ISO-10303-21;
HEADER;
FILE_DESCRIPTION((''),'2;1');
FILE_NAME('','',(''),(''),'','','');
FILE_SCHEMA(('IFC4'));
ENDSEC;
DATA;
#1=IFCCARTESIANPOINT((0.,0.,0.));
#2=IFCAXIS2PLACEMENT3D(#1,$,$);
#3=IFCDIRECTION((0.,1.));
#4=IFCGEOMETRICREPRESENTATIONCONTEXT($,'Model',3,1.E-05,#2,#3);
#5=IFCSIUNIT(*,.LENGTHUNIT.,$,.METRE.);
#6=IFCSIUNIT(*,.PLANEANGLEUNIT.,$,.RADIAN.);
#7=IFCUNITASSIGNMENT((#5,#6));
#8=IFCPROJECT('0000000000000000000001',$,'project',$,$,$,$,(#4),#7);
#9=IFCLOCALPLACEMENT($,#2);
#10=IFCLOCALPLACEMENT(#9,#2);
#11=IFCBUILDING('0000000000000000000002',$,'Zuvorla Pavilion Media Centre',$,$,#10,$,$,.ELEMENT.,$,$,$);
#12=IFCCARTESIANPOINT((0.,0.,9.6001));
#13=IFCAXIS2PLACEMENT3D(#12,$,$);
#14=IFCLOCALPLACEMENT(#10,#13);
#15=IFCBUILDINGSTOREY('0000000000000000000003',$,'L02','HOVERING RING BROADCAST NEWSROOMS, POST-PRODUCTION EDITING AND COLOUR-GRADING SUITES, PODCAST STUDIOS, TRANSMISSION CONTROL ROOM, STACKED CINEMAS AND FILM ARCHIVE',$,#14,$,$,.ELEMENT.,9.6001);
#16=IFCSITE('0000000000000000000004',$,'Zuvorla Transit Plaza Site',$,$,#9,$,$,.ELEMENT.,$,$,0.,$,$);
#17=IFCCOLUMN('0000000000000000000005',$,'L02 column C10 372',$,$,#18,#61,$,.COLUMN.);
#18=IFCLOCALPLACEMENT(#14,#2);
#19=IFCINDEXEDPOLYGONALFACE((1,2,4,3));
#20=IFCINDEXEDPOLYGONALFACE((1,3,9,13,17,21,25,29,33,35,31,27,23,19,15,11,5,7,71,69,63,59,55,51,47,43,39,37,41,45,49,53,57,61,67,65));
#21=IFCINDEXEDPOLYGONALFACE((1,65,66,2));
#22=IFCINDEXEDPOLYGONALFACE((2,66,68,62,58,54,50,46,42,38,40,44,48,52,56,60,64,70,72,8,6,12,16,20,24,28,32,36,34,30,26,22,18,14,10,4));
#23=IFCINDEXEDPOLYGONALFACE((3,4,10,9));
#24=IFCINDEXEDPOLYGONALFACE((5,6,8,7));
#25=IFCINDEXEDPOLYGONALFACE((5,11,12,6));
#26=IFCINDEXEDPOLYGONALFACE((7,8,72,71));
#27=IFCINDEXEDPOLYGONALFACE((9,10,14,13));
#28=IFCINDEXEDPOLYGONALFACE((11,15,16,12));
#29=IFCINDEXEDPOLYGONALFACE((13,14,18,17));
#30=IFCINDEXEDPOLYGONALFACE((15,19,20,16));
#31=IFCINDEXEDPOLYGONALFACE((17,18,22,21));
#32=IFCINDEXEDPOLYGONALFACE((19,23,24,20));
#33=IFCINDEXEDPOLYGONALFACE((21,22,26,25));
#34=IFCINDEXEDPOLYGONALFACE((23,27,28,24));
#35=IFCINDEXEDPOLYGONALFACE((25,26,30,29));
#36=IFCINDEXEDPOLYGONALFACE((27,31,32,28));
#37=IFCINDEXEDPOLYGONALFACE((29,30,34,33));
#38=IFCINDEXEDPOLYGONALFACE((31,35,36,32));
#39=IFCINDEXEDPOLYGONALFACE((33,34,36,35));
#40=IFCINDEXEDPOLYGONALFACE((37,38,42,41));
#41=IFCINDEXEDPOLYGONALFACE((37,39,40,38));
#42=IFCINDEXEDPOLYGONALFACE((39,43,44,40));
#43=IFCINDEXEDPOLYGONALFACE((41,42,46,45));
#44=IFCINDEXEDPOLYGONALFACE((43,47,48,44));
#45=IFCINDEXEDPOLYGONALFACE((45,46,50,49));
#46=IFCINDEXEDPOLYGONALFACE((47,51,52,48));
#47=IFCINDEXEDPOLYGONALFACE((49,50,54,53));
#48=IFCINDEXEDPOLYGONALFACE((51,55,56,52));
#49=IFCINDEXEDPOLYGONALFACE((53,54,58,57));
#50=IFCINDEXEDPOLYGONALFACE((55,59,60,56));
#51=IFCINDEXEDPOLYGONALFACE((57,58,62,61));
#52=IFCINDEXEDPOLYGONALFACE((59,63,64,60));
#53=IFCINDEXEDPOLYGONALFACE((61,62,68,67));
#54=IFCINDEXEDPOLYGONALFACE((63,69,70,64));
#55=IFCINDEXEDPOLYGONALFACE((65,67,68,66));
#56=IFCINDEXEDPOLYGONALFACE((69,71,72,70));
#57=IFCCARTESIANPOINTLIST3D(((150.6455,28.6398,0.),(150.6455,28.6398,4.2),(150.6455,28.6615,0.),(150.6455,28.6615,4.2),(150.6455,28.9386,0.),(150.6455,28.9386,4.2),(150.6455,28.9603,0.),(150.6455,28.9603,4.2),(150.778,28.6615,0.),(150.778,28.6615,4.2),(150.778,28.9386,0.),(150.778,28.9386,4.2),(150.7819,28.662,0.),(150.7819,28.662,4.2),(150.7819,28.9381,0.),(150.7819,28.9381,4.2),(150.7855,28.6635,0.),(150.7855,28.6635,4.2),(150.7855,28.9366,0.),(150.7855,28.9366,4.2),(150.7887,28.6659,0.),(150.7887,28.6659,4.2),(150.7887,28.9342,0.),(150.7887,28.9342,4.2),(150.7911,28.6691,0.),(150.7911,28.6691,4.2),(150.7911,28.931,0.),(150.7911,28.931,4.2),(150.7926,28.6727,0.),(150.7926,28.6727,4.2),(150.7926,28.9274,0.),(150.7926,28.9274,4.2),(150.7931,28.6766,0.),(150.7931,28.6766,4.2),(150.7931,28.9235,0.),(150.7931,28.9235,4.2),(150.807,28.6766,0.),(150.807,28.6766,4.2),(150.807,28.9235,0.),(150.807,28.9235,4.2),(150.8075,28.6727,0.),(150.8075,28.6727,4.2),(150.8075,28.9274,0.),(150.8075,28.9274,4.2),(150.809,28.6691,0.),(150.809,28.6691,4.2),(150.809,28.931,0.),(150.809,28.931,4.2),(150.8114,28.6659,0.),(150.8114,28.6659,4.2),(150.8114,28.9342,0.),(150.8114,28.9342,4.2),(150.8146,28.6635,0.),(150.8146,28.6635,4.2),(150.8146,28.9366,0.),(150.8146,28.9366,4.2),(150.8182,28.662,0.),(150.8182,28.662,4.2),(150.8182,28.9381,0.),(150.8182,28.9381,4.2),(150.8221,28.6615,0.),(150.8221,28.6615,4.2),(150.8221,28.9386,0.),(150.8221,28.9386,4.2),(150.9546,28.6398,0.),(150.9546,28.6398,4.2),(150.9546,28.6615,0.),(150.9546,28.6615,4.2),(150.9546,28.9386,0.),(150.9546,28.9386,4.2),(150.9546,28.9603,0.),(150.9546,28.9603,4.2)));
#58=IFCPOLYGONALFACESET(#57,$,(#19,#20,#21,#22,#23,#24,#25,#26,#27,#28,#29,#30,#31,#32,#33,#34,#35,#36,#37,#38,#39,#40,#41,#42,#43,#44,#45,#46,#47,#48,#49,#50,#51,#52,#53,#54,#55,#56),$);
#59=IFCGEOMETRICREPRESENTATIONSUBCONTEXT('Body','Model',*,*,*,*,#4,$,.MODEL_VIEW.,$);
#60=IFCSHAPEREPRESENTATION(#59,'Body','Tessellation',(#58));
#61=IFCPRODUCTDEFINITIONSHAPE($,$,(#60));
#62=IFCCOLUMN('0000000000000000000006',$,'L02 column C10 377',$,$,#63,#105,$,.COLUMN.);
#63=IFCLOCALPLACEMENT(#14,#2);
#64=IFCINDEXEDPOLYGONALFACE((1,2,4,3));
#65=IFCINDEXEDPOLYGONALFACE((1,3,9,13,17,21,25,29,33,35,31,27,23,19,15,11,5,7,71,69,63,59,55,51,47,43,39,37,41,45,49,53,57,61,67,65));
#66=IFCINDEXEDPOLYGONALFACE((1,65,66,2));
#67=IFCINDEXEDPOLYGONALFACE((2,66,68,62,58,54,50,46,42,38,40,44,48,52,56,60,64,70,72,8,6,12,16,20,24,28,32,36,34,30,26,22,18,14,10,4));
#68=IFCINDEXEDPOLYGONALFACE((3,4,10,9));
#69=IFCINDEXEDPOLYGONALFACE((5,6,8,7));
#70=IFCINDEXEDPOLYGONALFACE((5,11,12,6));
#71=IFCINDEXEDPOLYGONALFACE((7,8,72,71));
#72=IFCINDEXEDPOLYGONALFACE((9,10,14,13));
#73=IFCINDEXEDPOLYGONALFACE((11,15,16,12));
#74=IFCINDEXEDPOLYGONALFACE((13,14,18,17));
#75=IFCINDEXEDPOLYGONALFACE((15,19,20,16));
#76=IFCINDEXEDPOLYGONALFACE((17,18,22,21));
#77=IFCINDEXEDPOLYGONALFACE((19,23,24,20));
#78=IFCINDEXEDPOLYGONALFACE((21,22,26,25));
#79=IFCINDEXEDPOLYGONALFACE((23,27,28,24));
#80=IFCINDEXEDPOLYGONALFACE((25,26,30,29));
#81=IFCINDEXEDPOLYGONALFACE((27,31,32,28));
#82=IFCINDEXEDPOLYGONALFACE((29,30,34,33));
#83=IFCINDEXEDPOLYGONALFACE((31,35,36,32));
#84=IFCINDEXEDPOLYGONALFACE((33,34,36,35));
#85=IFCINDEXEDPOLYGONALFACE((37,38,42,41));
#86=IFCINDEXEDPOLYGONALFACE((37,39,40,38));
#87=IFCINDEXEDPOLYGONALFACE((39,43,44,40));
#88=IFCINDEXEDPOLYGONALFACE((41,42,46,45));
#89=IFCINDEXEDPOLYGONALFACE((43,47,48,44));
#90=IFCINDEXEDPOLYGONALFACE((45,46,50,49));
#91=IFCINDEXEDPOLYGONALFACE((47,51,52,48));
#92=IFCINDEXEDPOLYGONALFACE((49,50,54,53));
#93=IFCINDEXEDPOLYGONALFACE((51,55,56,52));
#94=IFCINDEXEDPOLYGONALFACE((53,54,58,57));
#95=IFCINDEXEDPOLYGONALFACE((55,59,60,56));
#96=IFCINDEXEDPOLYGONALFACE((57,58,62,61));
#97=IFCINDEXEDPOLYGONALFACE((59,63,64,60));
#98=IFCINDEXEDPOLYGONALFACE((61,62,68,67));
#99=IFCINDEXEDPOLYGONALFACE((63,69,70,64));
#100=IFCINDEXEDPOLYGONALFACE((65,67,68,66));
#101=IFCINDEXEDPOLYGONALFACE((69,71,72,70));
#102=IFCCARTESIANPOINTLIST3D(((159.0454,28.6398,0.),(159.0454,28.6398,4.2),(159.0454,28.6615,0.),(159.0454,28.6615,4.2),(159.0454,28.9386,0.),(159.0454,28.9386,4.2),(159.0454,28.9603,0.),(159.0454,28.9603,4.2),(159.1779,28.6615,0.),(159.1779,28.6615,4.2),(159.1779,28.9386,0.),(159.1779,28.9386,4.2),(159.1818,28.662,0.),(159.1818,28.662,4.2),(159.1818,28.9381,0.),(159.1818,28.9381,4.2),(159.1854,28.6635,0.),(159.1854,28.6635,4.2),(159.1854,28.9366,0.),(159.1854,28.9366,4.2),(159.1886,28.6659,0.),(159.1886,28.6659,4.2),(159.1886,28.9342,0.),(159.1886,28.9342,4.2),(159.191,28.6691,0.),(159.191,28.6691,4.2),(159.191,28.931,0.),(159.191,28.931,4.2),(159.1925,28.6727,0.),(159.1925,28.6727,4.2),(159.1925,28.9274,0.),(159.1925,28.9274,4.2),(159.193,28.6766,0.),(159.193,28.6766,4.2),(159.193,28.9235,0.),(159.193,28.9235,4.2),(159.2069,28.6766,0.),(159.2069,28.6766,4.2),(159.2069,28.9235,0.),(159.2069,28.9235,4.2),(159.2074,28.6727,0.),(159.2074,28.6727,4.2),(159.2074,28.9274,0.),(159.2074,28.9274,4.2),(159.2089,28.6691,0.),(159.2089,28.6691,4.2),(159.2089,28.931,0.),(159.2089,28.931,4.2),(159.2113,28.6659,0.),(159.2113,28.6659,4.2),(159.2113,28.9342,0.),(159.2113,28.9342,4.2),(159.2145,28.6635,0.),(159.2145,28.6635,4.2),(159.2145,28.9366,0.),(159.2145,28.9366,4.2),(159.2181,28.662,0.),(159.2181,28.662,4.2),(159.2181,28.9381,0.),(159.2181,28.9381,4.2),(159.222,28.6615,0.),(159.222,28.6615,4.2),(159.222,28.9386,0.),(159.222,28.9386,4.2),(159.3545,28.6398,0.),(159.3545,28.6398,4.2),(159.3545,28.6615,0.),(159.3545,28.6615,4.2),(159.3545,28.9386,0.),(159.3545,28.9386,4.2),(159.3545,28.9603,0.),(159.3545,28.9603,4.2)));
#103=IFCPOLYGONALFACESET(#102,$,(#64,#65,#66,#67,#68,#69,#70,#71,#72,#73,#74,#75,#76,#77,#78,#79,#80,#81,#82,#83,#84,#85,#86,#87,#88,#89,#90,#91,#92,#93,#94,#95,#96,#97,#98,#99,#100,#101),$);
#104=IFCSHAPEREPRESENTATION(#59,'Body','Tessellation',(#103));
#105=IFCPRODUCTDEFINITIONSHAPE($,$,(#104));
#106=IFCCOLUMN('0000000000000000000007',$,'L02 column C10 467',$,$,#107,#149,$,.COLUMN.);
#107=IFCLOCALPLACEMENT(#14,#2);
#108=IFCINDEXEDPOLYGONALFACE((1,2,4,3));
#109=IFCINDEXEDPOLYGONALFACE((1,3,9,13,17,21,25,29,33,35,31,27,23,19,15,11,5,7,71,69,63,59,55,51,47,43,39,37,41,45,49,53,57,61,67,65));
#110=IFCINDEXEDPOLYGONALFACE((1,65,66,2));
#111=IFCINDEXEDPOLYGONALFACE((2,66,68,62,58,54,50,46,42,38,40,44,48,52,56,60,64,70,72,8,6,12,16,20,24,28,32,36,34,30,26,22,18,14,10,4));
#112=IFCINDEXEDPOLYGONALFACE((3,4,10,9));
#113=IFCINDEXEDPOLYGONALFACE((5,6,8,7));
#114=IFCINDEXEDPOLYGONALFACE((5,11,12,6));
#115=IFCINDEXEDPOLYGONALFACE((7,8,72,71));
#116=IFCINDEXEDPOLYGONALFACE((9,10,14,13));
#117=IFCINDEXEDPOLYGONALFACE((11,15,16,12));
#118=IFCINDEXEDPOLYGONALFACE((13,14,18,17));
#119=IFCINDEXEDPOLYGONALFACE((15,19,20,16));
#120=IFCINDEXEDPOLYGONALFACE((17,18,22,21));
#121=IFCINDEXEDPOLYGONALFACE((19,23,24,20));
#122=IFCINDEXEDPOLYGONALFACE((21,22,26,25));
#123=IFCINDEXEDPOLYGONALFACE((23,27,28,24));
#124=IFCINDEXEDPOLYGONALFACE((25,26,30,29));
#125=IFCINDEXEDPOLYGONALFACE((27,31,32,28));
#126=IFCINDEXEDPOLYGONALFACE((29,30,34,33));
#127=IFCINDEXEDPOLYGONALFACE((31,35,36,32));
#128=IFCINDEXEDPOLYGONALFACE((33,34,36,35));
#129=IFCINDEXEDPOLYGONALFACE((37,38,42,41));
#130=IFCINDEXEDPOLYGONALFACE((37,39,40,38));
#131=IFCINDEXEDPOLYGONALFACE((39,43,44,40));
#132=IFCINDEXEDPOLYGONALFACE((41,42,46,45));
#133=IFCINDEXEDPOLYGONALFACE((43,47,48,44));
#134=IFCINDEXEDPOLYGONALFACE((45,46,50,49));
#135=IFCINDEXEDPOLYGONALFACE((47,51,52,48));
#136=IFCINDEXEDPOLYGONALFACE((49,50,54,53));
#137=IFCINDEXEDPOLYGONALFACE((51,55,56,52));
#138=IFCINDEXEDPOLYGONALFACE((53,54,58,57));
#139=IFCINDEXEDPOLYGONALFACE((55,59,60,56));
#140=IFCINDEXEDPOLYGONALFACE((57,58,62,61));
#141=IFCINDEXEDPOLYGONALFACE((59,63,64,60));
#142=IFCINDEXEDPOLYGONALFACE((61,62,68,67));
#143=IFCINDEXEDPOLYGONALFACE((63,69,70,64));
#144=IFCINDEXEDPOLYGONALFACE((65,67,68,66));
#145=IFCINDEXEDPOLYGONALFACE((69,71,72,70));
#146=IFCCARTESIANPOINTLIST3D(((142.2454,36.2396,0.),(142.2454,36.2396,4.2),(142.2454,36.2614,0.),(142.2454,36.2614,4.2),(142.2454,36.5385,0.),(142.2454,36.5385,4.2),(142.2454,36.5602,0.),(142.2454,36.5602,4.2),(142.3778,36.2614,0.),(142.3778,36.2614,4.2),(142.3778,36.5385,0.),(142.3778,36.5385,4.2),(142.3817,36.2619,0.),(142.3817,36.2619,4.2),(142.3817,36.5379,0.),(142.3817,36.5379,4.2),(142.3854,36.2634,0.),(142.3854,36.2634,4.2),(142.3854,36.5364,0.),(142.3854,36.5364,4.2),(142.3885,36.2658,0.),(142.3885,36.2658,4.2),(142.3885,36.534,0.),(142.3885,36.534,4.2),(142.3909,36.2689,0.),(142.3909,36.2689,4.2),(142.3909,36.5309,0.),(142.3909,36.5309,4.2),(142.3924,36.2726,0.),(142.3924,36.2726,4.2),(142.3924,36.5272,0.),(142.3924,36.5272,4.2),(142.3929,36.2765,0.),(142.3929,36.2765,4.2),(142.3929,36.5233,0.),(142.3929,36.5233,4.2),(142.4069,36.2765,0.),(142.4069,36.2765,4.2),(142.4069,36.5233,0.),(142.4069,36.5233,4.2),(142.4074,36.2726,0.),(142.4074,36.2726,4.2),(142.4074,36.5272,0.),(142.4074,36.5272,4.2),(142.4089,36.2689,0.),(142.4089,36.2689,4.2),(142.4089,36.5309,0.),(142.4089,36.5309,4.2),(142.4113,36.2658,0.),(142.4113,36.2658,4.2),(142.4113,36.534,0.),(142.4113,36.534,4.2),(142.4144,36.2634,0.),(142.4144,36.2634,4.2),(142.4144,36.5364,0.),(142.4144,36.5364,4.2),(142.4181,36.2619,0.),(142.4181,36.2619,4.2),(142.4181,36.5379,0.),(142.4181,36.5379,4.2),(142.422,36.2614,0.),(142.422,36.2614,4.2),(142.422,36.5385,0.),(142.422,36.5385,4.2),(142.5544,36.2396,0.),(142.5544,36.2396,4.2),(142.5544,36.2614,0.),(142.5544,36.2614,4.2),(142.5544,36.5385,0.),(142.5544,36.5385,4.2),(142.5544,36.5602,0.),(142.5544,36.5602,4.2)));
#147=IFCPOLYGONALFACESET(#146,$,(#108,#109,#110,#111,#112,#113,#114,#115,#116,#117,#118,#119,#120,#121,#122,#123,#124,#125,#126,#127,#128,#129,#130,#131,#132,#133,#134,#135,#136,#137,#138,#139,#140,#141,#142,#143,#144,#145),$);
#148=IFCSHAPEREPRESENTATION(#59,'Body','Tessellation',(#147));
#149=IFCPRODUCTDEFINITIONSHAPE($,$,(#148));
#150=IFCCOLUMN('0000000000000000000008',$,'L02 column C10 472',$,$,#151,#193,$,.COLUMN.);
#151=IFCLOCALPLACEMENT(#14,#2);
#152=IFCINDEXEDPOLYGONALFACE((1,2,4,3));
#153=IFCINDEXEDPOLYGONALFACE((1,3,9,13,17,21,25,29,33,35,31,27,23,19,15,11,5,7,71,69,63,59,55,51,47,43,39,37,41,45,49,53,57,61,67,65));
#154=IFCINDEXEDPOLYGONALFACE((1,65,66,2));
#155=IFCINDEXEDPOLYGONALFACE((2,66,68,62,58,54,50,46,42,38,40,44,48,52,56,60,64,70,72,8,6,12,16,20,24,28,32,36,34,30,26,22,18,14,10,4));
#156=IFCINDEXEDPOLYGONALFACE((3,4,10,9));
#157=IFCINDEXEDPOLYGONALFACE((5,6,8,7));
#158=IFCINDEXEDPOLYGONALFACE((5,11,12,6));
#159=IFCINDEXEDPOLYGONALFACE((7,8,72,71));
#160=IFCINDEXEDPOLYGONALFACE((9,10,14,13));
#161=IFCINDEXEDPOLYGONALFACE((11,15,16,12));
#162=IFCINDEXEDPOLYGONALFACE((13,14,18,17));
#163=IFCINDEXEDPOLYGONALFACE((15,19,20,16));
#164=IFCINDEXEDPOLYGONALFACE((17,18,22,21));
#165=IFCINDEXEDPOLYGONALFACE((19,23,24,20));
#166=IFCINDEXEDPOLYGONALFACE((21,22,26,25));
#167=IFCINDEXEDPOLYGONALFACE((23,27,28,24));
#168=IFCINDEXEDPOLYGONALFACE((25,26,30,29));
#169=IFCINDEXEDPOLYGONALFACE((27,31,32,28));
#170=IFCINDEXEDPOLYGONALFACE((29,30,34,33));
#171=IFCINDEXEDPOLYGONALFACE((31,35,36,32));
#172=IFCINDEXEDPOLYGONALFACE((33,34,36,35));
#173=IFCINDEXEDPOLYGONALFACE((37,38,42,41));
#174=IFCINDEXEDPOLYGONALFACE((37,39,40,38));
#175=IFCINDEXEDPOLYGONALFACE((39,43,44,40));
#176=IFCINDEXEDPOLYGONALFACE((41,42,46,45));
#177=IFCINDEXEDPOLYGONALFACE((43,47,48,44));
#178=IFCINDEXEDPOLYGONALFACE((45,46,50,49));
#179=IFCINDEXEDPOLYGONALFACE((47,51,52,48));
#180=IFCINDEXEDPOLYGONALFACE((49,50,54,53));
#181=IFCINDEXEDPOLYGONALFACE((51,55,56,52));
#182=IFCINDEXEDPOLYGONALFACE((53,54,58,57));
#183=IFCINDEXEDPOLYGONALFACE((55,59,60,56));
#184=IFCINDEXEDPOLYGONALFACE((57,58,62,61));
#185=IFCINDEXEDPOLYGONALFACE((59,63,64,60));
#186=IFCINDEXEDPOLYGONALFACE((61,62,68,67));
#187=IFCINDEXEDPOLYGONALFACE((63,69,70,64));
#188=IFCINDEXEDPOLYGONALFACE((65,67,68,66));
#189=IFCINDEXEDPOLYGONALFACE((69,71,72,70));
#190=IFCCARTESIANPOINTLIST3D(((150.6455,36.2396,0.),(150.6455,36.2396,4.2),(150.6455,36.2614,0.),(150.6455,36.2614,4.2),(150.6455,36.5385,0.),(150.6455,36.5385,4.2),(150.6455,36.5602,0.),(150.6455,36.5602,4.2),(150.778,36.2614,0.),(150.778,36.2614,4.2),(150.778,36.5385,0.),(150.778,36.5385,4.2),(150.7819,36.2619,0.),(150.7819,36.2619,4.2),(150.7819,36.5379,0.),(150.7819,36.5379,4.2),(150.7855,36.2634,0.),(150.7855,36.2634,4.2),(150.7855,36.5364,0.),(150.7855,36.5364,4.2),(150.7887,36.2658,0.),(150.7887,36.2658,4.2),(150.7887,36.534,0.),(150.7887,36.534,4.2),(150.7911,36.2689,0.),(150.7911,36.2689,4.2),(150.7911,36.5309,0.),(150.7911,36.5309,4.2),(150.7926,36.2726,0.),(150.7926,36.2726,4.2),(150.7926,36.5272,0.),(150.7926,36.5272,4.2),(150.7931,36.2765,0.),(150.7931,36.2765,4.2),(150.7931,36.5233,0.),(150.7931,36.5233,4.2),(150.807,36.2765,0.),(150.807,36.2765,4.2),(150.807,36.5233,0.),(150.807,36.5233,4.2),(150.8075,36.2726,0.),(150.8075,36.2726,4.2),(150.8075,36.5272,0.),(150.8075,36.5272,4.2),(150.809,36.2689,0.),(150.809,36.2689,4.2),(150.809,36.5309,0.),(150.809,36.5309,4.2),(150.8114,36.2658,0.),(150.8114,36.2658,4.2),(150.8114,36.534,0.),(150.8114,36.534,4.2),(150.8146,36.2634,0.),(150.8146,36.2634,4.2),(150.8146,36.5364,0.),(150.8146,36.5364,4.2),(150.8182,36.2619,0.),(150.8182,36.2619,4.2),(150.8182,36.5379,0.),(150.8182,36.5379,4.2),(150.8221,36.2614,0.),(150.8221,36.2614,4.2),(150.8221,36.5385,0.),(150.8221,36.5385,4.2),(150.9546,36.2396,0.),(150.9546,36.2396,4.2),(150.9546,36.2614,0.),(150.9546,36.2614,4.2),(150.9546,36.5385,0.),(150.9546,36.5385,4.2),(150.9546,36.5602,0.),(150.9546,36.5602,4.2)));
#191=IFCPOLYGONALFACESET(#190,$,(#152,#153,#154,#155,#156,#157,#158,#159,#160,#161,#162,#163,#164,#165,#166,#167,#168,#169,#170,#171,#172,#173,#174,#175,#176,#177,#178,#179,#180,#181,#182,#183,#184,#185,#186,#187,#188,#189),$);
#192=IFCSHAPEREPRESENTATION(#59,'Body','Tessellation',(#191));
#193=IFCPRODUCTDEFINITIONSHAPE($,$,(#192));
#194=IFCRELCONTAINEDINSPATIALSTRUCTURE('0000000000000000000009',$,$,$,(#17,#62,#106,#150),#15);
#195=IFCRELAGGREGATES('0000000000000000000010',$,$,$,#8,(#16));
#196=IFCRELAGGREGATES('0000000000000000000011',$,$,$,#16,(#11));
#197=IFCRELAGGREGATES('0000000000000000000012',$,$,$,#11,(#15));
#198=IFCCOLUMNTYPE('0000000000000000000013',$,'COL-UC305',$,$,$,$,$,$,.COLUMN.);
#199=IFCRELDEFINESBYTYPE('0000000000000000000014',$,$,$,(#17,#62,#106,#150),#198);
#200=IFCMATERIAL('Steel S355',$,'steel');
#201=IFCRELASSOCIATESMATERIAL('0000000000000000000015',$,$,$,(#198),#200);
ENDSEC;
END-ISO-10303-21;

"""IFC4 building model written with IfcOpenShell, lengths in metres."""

from ifc_helpers import new_model, si_unit, direction, frame, origin, origin_2d, place, context, subcontext, project, spatial, i_section, extrude, material, material_profile, profile_set, type_object, element, save


model = new_model("IFC4")

# Units and contexts
model_context = context("Model", 3, precision=1e-05, world=origin(), true_north=direction((0.0, 1.0)))
body_context = subcontext(model_context, "Body", "Model", "MODEL_VIEW")
ifc_project = project(units=[si_unit("LENGTHUNIT", "METRE"), si_unit("PLANEANGLEUNIT", "RADIAN")], contexts=[model_context])

# Site, building, storey
site_placement = place(None, origin())
site = spatial("IfcSite", under=ifc_project, at=site_placement, Name="Zuvorla Transit Plaza Site", CompositionType="ELEMENT", RefElevation=0.0)
building_placement = place(site_placement, origin())
building = spatial("IfcBuilding", under=site, at=building_placement, Name="Zuvorla Pavilion Media Centre", CompositionType="ELEMENT")
storey_placement = place(building_placement, frame((0.0, 0.0, 9.6001)))
storey = spatial("IfcBuildingStorey", under=building, at=storey_placement, Name="L02", Description="HOVERING RING BROADCAST NEWSROOMS, POST-PRODUCTION EDITING AND COLOUR-GRADING SUITES, PODCAST STUDIOS, TRANSMISSION CONTROL ROOM, STACKED CINEMAS AND FILM ARCHIVE", CompositionType="ELEMENT", Elevation=9.6001)

# Columns
ifc_material_1 = material(Name="Steel S355", Category="steel")
ifc_material_profile_1 = material_profile(ifc_material_1, i_section(OverallWidth=0.3091, OverallDepth=0.3206, WebThickness=0.0139, FlangeThickness=0.0217, FilletRadius=0.0151, at=origin_2d()), Name="UC 305x305x137")
ifc_profile_set_1 = profile_set([ifc_material_profile_1], Name="Steel S355")
column_type = type_object("IfcColumnType", Name="COL-UC305", PredefinedType="COLUMN", material=ifc_profile_set_1)
for number, where, z_axis, x_axis, name in (
    (1, (150.8, 28.8, 0.0), (0.0, 0.0, 1.0), (1.0, 0.0, 0.0), "L02 column C10 372"),
    (2, (159.2, 28.8, 0.0), (0.0, 0.0, 1.0), (1.0, 0.0, 0.0), "L02 column C10 377"),
    (3, (142.3999, 36.3999, 0.0), (0.0, 0.0, 1.0), (1.0, 0.0, 0.0), "L02 column C10 467"),
    (4, (150.8, 36.3999, 0.0), (0.0, 0.0, 1.0), (1.0, 0.0, 0.0), "L02 column C10 472"),
):
    element("IfcColumn", number, at=place(storey_placement, frame(where, z_axis=z_axis, x_axis=x_axis)), inside=storey, type_object=column_type, Name=name, PredefinedType="COLUMN", context=body_context, shape_type="SweptSolid", body=[
        extrude(i_section(OverallWidth=0.3091, OverallDepth=0.3206, WebThickness=0.0139, FlangeThickness=0.0217, FilletRadius=0.0151, at=origin_2d()), origin(), (0.0, 0.0, 1.0), 4.2),
    ])

save(model, "model.ifc")
